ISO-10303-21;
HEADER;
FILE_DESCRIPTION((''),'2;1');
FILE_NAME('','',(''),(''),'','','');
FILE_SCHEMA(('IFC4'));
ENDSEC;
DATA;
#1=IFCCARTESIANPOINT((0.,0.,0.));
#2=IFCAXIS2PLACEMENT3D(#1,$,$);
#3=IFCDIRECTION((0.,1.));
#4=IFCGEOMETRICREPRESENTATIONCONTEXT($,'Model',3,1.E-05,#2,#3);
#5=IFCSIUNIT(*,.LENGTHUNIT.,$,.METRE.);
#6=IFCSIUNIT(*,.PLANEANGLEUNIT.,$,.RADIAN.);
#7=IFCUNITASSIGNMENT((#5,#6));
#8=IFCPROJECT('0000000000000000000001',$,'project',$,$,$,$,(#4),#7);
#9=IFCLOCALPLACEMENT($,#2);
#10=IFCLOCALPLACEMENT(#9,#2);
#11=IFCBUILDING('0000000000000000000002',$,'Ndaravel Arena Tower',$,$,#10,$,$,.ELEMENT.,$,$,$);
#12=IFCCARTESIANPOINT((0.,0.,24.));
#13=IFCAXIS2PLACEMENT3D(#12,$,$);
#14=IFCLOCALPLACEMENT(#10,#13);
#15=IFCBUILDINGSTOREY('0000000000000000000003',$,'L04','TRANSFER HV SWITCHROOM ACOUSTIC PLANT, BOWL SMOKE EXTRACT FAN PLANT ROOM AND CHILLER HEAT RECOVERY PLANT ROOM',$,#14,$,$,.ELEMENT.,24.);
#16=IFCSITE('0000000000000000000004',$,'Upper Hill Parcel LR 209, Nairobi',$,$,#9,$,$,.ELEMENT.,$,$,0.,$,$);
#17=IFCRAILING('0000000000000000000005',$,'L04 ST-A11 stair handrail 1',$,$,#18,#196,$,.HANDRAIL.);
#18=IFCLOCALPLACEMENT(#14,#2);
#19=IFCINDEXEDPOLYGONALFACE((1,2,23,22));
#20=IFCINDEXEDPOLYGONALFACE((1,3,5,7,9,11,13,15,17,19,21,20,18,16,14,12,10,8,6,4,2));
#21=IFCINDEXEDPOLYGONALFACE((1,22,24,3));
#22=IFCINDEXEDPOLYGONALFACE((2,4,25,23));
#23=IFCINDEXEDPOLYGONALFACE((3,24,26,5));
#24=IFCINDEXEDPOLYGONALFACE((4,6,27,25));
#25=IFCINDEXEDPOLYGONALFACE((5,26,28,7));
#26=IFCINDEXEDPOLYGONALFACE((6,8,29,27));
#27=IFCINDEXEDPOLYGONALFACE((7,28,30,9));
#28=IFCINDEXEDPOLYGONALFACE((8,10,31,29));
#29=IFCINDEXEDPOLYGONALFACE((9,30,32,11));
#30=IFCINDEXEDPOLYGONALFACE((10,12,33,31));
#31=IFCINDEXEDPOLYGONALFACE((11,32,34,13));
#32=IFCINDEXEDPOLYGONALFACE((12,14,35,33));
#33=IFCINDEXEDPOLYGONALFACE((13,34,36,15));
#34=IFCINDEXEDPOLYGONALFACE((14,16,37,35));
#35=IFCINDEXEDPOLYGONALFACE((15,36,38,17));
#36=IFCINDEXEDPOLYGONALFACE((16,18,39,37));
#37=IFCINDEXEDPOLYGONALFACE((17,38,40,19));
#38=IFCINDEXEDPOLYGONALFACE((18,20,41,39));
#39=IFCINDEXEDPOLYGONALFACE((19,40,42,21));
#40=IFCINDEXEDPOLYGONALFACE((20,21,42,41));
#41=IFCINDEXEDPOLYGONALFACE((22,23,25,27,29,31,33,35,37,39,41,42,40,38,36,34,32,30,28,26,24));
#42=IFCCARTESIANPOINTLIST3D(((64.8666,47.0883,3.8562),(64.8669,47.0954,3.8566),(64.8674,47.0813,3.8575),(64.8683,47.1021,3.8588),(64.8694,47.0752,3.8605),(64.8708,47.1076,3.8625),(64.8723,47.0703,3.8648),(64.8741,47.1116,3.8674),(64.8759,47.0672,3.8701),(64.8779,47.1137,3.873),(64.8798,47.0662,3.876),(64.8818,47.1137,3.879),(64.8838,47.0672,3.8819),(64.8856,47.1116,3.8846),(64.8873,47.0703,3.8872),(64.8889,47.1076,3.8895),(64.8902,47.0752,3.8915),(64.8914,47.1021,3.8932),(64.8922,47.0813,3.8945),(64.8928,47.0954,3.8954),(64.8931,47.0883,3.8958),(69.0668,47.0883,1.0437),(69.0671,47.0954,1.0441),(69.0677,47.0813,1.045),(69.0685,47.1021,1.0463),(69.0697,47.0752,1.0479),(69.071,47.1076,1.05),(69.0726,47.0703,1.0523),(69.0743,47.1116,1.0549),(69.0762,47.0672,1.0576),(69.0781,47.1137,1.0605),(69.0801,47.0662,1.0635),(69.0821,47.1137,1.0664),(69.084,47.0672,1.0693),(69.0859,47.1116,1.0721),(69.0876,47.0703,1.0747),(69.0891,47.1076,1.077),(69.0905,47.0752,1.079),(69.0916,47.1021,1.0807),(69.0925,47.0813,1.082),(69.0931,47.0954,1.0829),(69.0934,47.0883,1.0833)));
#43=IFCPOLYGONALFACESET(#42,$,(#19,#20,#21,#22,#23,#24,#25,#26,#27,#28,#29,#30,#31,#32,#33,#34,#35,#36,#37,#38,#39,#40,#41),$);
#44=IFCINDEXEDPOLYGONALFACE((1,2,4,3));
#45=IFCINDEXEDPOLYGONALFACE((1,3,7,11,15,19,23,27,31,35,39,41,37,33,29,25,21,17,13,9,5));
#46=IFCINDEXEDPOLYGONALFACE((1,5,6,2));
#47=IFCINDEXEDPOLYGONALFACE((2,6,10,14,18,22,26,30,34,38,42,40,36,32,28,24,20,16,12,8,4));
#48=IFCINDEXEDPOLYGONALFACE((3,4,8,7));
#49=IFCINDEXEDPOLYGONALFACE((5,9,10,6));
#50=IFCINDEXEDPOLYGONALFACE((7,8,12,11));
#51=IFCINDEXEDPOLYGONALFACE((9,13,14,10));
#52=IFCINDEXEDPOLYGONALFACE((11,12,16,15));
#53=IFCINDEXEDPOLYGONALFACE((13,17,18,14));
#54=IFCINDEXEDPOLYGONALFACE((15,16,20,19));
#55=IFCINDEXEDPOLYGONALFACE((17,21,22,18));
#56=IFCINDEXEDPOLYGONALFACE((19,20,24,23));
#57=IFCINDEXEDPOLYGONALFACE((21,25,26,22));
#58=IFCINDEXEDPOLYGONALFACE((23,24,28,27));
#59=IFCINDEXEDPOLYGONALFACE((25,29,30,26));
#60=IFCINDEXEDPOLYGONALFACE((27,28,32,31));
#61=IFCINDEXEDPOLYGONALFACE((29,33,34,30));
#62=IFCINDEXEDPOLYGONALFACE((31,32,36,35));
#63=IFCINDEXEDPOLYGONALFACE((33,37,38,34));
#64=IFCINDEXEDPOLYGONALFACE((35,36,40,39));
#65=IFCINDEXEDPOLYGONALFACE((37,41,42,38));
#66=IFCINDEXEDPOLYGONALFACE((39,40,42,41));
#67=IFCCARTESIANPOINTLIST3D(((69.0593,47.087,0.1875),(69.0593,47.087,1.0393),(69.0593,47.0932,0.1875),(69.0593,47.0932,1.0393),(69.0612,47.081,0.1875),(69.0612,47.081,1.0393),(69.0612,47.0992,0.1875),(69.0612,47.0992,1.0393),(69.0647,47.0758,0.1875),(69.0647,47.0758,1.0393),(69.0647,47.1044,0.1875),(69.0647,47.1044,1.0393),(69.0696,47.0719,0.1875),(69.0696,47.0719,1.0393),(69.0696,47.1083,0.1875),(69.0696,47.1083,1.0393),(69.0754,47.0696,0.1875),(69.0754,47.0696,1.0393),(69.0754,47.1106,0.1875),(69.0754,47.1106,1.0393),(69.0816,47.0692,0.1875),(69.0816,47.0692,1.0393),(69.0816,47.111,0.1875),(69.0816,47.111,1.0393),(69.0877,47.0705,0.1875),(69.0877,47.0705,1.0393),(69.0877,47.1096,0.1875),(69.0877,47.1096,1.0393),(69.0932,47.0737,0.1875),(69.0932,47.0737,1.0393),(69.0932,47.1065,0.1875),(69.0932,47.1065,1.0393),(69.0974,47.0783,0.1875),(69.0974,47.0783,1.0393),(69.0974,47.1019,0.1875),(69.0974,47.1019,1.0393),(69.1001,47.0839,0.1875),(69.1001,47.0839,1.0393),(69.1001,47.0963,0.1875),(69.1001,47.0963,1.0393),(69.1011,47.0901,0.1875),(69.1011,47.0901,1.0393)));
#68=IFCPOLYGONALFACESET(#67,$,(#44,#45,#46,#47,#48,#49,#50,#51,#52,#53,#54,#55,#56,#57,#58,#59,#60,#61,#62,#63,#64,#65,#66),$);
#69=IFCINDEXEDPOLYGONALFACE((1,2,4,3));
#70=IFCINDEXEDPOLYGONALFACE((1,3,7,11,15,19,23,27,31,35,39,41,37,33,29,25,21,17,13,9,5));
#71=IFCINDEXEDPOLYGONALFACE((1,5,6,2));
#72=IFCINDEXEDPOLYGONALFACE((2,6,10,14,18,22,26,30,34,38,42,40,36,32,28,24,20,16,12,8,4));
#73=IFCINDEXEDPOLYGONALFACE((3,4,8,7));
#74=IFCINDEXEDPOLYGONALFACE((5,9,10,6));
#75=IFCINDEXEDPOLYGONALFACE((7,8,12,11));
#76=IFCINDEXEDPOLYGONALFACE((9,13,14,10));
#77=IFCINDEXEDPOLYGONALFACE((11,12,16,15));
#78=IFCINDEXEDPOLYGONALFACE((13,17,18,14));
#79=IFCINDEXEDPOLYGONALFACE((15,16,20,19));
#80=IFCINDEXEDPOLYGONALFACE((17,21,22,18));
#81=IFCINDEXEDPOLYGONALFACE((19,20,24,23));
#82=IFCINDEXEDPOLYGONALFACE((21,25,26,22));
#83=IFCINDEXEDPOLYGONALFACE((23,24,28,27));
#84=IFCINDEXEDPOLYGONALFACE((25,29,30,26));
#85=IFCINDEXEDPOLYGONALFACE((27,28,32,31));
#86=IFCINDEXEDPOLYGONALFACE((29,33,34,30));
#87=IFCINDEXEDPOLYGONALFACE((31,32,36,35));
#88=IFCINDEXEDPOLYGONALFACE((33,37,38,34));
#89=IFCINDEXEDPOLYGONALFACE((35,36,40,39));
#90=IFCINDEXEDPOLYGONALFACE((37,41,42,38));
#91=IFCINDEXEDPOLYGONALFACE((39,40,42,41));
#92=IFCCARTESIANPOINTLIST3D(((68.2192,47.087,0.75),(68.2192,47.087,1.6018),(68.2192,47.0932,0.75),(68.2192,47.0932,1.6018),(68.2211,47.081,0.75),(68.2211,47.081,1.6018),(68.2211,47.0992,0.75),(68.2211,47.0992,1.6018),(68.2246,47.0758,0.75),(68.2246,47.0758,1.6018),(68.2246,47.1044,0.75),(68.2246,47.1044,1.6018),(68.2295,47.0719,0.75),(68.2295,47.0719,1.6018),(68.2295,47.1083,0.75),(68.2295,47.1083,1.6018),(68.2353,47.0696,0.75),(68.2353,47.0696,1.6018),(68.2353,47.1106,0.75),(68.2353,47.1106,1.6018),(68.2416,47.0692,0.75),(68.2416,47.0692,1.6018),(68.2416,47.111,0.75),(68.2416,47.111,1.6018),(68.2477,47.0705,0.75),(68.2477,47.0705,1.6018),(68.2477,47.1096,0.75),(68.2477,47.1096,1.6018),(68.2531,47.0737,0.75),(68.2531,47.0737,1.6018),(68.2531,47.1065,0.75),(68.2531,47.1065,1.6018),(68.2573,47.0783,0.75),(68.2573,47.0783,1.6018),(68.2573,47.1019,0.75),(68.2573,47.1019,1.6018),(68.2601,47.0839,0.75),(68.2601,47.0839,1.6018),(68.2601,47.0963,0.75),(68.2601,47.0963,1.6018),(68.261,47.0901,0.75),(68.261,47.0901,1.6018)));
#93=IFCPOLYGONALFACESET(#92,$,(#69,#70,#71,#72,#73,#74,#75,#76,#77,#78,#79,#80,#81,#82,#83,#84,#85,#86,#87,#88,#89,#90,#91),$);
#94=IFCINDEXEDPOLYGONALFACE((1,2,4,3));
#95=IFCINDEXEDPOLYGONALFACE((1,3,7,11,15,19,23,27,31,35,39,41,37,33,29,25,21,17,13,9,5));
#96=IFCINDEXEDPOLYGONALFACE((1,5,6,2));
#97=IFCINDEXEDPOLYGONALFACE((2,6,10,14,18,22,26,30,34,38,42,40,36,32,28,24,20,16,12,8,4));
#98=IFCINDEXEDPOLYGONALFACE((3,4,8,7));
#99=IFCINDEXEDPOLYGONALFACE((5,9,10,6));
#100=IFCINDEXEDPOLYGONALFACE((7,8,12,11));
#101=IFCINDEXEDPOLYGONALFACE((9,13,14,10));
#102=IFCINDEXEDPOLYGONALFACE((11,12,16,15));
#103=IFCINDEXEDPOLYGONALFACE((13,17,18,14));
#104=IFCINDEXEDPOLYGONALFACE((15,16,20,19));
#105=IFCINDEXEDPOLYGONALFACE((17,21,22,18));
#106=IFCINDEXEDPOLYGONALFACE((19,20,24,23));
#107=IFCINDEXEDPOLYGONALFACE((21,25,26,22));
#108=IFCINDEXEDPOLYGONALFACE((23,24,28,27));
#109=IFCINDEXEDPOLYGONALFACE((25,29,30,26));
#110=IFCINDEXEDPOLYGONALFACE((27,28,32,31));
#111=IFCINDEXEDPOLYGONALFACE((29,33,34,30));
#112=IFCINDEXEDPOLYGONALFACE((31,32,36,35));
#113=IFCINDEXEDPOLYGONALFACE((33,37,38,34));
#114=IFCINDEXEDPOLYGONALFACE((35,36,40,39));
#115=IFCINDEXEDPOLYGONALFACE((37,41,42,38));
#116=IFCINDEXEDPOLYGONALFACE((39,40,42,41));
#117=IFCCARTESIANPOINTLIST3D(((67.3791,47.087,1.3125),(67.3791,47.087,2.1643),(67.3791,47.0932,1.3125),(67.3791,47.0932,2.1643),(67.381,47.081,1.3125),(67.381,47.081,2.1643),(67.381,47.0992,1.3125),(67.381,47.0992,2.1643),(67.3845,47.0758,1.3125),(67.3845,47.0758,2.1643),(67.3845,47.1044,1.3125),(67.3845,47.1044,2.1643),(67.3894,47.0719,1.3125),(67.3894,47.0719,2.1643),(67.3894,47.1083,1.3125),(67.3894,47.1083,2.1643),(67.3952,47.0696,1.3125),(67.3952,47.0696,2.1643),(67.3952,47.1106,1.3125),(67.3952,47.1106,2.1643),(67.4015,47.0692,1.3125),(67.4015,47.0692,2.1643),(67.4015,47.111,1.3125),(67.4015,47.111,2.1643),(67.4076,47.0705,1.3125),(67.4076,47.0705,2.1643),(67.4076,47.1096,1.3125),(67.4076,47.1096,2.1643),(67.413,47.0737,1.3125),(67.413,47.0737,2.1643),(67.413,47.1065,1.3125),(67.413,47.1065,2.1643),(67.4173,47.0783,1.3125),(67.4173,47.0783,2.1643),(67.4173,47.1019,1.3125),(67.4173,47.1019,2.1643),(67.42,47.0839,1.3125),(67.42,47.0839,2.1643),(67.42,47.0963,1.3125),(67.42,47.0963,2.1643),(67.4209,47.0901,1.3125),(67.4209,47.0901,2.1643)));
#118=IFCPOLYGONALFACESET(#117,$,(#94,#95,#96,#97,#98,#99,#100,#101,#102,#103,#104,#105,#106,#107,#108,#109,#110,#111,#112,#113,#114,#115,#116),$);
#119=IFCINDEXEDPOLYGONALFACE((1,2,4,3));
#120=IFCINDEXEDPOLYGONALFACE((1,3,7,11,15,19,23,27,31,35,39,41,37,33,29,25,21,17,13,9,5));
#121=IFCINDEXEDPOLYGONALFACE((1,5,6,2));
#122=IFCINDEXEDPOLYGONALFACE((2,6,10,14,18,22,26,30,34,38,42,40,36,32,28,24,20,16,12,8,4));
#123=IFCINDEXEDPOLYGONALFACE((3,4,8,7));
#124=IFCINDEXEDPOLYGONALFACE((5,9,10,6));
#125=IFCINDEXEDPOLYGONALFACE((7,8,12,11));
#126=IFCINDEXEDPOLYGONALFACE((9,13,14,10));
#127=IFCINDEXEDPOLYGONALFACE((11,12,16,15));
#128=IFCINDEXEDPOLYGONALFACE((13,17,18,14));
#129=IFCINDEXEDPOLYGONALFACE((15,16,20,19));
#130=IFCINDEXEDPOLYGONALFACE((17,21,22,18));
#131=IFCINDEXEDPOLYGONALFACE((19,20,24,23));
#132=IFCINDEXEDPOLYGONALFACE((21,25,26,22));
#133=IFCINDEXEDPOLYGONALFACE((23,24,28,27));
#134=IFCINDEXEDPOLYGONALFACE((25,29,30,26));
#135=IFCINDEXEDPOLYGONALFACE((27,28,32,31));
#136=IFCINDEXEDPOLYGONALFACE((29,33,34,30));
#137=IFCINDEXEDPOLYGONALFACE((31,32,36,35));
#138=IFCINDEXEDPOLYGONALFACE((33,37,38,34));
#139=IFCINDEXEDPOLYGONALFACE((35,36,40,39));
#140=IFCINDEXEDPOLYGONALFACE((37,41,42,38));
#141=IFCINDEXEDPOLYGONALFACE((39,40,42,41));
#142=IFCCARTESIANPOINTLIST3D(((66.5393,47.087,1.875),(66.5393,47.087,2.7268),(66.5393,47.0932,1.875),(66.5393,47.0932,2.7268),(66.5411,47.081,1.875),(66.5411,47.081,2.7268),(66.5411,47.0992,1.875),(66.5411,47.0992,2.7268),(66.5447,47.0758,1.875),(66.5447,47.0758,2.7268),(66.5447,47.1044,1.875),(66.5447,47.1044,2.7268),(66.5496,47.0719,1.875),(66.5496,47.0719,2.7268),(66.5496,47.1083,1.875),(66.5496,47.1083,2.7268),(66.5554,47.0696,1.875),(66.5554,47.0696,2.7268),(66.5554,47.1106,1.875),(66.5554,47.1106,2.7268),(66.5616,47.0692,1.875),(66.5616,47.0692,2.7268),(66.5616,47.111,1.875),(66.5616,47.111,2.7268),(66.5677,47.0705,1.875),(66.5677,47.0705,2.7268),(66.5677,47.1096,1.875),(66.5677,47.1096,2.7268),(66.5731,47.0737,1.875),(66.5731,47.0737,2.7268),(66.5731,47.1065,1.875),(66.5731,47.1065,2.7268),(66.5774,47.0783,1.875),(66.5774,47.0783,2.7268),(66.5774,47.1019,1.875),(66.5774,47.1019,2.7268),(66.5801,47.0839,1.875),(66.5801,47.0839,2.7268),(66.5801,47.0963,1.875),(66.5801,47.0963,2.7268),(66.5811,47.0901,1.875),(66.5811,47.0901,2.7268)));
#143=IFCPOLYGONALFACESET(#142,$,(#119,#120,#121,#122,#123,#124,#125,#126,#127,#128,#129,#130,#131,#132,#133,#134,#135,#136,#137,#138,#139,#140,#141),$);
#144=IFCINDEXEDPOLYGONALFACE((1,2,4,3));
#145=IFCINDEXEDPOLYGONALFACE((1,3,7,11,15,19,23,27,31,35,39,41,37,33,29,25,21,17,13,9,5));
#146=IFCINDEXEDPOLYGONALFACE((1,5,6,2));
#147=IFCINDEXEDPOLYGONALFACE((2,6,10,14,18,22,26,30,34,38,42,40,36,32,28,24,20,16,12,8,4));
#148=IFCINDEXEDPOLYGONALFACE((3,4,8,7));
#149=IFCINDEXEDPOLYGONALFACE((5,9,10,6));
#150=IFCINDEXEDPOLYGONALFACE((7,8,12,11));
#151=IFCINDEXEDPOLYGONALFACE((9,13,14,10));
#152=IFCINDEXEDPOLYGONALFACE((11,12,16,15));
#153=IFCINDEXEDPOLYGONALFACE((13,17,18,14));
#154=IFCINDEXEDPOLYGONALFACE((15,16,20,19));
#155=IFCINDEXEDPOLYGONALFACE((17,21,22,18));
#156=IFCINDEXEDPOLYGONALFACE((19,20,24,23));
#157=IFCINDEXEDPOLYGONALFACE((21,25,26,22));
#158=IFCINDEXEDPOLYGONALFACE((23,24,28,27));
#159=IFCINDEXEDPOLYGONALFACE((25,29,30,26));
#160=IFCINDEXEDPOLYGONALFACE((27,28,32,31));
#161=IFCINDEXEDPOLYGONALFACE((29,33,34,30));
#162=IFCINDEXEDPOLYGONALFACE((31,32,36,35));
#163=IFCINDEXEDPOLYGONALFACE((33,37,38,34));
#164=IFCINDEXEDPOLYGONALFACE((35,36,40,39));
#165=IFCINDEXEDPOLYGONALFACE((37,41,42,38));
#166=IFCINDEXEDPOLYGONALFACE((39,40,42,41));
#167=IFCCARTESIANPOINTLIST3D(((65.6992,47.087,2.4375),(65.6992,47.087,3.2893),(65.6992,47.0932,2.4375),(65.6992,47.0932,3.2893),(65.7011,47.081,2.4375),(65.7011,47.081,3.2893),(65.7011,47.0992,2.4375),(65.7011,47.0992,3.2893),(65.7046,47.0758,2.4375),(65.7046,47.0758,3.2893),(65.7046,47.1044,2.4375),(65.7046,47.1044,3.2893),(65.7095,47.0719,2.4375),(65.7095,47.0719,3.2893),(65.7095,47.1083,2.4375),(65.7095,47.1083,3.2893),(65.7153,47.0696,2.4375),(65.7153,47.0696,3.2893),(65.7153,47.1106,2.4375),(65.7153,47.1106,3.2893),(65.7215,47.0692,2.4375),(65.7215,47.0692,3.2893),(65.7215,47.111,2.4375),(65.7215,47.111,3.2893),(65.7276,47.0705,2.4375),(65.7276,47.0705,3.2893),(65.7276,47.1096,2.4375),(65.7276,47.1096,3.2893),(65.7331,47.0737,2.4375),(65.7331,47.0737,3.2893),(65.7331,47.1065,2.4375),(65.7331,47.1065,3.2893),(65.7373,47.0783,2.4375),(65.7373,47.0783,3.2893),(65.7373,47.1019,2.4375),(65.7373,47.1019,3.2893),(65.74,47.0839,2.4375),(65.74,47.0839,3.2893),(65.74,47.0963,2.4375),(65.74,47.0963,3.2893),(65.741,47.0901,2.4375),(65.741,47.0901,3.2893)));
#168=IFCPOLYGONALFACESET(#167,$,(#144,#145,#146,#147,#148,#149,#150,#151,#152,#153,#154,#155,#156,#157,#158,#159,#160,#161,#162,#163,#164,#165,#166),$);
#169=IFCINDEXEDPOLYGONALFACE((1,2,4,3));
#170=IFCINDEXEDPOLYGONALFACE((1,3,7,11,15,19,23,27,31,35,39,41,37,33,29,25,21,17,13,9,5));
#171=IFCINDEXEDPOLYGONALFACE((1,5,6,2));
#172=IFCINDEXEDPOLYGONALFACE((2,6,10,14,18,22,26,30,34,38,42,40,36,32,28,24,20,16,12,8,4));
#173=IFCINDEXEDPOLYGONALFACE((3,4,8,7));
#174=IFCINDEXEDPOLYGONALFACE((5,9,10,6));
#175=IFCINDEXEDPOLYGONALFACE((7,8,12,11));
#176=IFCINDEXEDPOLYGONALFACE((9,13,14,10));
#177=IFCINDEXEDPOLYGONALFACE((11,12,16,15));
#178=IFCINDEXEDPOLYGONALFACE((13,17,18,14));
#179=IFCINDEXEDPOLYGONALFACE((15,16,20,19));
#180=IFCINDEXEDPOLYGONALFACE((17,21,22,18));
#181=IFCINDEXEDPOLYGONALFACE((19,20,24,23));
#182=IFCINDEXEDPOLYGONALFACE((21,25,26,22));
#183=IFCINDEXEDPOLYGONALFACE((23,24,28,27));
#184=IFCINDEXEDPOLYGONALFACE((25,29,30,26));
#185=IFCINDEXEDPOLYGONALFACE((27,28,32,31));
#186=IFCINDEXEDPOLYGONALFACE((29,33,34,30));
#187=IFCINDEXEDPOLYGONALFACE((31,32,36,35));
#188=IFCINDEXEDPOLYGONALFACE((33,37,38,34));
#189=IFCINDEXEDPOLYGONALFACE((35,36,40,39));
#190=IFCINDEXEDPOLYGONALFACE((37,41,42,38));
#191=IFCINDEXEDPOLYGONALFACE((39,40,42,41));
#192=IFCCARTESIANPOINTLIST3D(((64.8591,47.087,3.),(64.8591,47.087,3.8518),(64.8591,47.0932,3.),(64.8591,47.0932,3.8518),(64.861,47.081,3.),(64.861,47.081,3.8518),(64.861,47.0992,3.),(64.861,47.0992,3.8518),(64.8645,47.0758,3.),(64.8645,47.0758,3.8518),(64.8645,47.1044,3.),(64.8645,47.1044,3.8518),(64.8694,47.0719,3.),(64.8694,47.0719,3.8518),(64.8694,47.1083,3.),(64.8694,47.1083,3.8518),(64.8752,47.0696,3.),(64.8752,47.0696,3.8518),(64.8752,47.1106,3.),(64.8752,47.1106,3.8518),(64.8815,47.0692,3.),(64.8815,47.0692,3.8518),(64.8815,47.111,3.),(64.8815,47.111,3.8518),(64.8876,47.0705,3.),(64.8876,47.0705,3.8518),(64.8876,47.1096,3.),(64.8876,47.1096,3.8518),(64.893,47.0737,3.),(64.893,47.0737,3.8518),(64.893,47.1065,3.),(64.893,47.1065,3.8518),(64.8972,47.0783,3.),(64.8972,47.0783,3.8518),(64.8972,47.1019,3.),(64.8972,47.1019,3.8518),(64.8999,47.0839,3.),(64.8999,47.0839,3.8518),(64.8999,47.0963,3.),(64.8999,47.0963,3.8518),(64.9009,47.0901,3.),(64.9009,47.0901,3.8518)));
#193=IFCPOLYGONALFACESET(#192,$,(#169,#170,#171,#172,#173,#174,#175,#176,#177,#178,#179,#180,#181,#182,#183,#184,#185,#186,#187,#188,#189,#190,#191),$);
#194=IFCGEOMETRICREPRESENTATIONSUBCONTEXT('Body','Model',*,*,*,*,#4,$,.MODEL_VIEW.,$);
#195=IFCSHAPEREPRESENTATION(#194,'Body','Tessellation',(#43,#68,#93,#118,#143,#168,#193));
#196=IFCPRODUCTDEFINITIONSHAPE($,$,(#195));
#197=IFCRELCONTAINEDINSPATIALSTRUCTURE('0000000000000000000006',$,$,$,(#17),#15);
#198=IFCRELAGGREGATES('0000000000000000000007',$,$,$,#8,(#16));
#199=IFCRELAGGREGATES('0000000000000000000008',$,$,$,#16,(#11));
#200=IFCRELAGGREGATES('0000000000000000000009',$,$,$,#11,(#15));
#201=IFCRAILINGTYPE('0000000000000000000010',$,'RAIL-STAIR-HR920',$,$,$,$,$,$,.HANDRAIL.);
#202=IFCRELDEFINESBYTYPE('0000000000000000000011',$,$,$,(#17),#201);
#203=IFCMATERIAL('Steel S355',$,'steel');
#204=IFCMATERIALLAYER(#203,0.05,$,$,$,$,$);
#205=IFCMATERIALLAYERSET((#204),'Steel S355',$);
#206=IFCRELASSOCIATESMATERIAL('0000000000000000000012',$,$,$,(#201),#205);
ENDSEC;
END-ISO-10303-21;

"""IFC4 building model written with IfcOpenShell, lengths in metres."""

from ifc_helpers import new_model, si_unit, direction, frame, origin, origin_2d, place, context, subcontext, project, spatial, circle, extrude, material, layer, layer_set, type_object, element, save


model = new_model("IFC4")

# Units and contexts
model_context = context("Model", 3, precision=1e-05, world=origin(), true_north=direction((0.0, 1.0)))
body_context = subcontext(model_context, "Body", "Model", "MODEL_VIEW")
ifc_project = project(units=[si_unit("LENGTHUNIT", "METRE"), si_unit("PLANEANGLEUNIT", "RADIAN")], contexts=[model_context])

# Site, building, storey
site_placement = place(None, origin())
site = spatial("IfcSite", under=ifc_project, at=site_placement, Name="Upper Hill Parcel LR 209, Nairobi", CompositionType="ELEMENT", RefElevation=0.0)
building_placement = place(site_placement, origin())
building = spatial("IfcBuilding", under=site, at=building_placement, Name="Ndaravel Arena Tower", CompositionType="ELEMENT")
storey_placement = place(building_placement, frame((0.0, 0.0, 24.0)))
storey = spatial("IfcBuildingStorey", under=building, at=storey_placement, Name="L04", Description="TRANSFER HV SWITCHROOM ACOUSTIC PLANT, BOWL SMOKE EXTRACT FAN PLANT ROOM AND CHILLER HEAT RECOVERY PLANT ROOM", CompositionType="ELEMENT", Elevation=24.0)

# Railing
ifc_material_1 = material(Name="Steel S355", Category="steel")
ifc_layer_1 = layer(ifc_material_1, 0.05)
ifc_layer_set_1 = layer_set([ifc_layer_1], Name="Steel S355")
railing_type_1 = type_object("IfcRailingType", Name="RAIL-STAIR-HR920", PredefinedType="HANDRAIL", material=ifc_layer_set_1)
railing_1_placement = place(storey_placement, frame((69.0801, 47.0901, 0.1875)))
element("IfcRailing", 1, at=railing_1_placement, inside=storey, type_object=railing_type_1, Name="L04 ST-A11 stair handrail 1", PredefinedType="HANDRAIL", context=body_context, shape_type="SweptSolid", body=[
    extrude(circle(Radius=0.0239, at=origin_2d()), frame((0.0, 0.0, 0.876), z_axis=(-0.830919, 0.0, 0.556393), x_axis=(0.0, -1.0, 0.0)), (0.0, 0.0, 1.0), 5.0549),
    extrude(circle(Radius=0.021, at=origin_2d()), origin(), (0.0, 0.0, 1.0), 0.8518),
    extrude(circle(Radius=0.021, at=origin_2d()), frame((-0.8401, 0.0, 0.5625)), (0.0, 0.0, 1.0), 0.8518),
    extrude(circle(Radius=0.021, at=origin_2d()), frame((-1.6802, 0.0, 1.125)), (0.0, 0.0, 1.0), 0.8518),
    extrude(circle(Radius=0.021, at=origin_2d()), frame((-2.52, 0.0, 1.6875)), (0.0, 0.0, 1.0), 0.8518),
    extrude(circle(Radius=0.021, at=origin_2d()), frame((-3.3601, 0.0, 2.25)), (0.0, 0.0, 1.0), 0.8518),
    extrude(circle(Radius=0.021, at=origin_2d()), frame((-4.2002, 0.0, 2.8125)), (0.0, 0.0, 1.0), 0.8518),
])

save(model, "model.ifc")
